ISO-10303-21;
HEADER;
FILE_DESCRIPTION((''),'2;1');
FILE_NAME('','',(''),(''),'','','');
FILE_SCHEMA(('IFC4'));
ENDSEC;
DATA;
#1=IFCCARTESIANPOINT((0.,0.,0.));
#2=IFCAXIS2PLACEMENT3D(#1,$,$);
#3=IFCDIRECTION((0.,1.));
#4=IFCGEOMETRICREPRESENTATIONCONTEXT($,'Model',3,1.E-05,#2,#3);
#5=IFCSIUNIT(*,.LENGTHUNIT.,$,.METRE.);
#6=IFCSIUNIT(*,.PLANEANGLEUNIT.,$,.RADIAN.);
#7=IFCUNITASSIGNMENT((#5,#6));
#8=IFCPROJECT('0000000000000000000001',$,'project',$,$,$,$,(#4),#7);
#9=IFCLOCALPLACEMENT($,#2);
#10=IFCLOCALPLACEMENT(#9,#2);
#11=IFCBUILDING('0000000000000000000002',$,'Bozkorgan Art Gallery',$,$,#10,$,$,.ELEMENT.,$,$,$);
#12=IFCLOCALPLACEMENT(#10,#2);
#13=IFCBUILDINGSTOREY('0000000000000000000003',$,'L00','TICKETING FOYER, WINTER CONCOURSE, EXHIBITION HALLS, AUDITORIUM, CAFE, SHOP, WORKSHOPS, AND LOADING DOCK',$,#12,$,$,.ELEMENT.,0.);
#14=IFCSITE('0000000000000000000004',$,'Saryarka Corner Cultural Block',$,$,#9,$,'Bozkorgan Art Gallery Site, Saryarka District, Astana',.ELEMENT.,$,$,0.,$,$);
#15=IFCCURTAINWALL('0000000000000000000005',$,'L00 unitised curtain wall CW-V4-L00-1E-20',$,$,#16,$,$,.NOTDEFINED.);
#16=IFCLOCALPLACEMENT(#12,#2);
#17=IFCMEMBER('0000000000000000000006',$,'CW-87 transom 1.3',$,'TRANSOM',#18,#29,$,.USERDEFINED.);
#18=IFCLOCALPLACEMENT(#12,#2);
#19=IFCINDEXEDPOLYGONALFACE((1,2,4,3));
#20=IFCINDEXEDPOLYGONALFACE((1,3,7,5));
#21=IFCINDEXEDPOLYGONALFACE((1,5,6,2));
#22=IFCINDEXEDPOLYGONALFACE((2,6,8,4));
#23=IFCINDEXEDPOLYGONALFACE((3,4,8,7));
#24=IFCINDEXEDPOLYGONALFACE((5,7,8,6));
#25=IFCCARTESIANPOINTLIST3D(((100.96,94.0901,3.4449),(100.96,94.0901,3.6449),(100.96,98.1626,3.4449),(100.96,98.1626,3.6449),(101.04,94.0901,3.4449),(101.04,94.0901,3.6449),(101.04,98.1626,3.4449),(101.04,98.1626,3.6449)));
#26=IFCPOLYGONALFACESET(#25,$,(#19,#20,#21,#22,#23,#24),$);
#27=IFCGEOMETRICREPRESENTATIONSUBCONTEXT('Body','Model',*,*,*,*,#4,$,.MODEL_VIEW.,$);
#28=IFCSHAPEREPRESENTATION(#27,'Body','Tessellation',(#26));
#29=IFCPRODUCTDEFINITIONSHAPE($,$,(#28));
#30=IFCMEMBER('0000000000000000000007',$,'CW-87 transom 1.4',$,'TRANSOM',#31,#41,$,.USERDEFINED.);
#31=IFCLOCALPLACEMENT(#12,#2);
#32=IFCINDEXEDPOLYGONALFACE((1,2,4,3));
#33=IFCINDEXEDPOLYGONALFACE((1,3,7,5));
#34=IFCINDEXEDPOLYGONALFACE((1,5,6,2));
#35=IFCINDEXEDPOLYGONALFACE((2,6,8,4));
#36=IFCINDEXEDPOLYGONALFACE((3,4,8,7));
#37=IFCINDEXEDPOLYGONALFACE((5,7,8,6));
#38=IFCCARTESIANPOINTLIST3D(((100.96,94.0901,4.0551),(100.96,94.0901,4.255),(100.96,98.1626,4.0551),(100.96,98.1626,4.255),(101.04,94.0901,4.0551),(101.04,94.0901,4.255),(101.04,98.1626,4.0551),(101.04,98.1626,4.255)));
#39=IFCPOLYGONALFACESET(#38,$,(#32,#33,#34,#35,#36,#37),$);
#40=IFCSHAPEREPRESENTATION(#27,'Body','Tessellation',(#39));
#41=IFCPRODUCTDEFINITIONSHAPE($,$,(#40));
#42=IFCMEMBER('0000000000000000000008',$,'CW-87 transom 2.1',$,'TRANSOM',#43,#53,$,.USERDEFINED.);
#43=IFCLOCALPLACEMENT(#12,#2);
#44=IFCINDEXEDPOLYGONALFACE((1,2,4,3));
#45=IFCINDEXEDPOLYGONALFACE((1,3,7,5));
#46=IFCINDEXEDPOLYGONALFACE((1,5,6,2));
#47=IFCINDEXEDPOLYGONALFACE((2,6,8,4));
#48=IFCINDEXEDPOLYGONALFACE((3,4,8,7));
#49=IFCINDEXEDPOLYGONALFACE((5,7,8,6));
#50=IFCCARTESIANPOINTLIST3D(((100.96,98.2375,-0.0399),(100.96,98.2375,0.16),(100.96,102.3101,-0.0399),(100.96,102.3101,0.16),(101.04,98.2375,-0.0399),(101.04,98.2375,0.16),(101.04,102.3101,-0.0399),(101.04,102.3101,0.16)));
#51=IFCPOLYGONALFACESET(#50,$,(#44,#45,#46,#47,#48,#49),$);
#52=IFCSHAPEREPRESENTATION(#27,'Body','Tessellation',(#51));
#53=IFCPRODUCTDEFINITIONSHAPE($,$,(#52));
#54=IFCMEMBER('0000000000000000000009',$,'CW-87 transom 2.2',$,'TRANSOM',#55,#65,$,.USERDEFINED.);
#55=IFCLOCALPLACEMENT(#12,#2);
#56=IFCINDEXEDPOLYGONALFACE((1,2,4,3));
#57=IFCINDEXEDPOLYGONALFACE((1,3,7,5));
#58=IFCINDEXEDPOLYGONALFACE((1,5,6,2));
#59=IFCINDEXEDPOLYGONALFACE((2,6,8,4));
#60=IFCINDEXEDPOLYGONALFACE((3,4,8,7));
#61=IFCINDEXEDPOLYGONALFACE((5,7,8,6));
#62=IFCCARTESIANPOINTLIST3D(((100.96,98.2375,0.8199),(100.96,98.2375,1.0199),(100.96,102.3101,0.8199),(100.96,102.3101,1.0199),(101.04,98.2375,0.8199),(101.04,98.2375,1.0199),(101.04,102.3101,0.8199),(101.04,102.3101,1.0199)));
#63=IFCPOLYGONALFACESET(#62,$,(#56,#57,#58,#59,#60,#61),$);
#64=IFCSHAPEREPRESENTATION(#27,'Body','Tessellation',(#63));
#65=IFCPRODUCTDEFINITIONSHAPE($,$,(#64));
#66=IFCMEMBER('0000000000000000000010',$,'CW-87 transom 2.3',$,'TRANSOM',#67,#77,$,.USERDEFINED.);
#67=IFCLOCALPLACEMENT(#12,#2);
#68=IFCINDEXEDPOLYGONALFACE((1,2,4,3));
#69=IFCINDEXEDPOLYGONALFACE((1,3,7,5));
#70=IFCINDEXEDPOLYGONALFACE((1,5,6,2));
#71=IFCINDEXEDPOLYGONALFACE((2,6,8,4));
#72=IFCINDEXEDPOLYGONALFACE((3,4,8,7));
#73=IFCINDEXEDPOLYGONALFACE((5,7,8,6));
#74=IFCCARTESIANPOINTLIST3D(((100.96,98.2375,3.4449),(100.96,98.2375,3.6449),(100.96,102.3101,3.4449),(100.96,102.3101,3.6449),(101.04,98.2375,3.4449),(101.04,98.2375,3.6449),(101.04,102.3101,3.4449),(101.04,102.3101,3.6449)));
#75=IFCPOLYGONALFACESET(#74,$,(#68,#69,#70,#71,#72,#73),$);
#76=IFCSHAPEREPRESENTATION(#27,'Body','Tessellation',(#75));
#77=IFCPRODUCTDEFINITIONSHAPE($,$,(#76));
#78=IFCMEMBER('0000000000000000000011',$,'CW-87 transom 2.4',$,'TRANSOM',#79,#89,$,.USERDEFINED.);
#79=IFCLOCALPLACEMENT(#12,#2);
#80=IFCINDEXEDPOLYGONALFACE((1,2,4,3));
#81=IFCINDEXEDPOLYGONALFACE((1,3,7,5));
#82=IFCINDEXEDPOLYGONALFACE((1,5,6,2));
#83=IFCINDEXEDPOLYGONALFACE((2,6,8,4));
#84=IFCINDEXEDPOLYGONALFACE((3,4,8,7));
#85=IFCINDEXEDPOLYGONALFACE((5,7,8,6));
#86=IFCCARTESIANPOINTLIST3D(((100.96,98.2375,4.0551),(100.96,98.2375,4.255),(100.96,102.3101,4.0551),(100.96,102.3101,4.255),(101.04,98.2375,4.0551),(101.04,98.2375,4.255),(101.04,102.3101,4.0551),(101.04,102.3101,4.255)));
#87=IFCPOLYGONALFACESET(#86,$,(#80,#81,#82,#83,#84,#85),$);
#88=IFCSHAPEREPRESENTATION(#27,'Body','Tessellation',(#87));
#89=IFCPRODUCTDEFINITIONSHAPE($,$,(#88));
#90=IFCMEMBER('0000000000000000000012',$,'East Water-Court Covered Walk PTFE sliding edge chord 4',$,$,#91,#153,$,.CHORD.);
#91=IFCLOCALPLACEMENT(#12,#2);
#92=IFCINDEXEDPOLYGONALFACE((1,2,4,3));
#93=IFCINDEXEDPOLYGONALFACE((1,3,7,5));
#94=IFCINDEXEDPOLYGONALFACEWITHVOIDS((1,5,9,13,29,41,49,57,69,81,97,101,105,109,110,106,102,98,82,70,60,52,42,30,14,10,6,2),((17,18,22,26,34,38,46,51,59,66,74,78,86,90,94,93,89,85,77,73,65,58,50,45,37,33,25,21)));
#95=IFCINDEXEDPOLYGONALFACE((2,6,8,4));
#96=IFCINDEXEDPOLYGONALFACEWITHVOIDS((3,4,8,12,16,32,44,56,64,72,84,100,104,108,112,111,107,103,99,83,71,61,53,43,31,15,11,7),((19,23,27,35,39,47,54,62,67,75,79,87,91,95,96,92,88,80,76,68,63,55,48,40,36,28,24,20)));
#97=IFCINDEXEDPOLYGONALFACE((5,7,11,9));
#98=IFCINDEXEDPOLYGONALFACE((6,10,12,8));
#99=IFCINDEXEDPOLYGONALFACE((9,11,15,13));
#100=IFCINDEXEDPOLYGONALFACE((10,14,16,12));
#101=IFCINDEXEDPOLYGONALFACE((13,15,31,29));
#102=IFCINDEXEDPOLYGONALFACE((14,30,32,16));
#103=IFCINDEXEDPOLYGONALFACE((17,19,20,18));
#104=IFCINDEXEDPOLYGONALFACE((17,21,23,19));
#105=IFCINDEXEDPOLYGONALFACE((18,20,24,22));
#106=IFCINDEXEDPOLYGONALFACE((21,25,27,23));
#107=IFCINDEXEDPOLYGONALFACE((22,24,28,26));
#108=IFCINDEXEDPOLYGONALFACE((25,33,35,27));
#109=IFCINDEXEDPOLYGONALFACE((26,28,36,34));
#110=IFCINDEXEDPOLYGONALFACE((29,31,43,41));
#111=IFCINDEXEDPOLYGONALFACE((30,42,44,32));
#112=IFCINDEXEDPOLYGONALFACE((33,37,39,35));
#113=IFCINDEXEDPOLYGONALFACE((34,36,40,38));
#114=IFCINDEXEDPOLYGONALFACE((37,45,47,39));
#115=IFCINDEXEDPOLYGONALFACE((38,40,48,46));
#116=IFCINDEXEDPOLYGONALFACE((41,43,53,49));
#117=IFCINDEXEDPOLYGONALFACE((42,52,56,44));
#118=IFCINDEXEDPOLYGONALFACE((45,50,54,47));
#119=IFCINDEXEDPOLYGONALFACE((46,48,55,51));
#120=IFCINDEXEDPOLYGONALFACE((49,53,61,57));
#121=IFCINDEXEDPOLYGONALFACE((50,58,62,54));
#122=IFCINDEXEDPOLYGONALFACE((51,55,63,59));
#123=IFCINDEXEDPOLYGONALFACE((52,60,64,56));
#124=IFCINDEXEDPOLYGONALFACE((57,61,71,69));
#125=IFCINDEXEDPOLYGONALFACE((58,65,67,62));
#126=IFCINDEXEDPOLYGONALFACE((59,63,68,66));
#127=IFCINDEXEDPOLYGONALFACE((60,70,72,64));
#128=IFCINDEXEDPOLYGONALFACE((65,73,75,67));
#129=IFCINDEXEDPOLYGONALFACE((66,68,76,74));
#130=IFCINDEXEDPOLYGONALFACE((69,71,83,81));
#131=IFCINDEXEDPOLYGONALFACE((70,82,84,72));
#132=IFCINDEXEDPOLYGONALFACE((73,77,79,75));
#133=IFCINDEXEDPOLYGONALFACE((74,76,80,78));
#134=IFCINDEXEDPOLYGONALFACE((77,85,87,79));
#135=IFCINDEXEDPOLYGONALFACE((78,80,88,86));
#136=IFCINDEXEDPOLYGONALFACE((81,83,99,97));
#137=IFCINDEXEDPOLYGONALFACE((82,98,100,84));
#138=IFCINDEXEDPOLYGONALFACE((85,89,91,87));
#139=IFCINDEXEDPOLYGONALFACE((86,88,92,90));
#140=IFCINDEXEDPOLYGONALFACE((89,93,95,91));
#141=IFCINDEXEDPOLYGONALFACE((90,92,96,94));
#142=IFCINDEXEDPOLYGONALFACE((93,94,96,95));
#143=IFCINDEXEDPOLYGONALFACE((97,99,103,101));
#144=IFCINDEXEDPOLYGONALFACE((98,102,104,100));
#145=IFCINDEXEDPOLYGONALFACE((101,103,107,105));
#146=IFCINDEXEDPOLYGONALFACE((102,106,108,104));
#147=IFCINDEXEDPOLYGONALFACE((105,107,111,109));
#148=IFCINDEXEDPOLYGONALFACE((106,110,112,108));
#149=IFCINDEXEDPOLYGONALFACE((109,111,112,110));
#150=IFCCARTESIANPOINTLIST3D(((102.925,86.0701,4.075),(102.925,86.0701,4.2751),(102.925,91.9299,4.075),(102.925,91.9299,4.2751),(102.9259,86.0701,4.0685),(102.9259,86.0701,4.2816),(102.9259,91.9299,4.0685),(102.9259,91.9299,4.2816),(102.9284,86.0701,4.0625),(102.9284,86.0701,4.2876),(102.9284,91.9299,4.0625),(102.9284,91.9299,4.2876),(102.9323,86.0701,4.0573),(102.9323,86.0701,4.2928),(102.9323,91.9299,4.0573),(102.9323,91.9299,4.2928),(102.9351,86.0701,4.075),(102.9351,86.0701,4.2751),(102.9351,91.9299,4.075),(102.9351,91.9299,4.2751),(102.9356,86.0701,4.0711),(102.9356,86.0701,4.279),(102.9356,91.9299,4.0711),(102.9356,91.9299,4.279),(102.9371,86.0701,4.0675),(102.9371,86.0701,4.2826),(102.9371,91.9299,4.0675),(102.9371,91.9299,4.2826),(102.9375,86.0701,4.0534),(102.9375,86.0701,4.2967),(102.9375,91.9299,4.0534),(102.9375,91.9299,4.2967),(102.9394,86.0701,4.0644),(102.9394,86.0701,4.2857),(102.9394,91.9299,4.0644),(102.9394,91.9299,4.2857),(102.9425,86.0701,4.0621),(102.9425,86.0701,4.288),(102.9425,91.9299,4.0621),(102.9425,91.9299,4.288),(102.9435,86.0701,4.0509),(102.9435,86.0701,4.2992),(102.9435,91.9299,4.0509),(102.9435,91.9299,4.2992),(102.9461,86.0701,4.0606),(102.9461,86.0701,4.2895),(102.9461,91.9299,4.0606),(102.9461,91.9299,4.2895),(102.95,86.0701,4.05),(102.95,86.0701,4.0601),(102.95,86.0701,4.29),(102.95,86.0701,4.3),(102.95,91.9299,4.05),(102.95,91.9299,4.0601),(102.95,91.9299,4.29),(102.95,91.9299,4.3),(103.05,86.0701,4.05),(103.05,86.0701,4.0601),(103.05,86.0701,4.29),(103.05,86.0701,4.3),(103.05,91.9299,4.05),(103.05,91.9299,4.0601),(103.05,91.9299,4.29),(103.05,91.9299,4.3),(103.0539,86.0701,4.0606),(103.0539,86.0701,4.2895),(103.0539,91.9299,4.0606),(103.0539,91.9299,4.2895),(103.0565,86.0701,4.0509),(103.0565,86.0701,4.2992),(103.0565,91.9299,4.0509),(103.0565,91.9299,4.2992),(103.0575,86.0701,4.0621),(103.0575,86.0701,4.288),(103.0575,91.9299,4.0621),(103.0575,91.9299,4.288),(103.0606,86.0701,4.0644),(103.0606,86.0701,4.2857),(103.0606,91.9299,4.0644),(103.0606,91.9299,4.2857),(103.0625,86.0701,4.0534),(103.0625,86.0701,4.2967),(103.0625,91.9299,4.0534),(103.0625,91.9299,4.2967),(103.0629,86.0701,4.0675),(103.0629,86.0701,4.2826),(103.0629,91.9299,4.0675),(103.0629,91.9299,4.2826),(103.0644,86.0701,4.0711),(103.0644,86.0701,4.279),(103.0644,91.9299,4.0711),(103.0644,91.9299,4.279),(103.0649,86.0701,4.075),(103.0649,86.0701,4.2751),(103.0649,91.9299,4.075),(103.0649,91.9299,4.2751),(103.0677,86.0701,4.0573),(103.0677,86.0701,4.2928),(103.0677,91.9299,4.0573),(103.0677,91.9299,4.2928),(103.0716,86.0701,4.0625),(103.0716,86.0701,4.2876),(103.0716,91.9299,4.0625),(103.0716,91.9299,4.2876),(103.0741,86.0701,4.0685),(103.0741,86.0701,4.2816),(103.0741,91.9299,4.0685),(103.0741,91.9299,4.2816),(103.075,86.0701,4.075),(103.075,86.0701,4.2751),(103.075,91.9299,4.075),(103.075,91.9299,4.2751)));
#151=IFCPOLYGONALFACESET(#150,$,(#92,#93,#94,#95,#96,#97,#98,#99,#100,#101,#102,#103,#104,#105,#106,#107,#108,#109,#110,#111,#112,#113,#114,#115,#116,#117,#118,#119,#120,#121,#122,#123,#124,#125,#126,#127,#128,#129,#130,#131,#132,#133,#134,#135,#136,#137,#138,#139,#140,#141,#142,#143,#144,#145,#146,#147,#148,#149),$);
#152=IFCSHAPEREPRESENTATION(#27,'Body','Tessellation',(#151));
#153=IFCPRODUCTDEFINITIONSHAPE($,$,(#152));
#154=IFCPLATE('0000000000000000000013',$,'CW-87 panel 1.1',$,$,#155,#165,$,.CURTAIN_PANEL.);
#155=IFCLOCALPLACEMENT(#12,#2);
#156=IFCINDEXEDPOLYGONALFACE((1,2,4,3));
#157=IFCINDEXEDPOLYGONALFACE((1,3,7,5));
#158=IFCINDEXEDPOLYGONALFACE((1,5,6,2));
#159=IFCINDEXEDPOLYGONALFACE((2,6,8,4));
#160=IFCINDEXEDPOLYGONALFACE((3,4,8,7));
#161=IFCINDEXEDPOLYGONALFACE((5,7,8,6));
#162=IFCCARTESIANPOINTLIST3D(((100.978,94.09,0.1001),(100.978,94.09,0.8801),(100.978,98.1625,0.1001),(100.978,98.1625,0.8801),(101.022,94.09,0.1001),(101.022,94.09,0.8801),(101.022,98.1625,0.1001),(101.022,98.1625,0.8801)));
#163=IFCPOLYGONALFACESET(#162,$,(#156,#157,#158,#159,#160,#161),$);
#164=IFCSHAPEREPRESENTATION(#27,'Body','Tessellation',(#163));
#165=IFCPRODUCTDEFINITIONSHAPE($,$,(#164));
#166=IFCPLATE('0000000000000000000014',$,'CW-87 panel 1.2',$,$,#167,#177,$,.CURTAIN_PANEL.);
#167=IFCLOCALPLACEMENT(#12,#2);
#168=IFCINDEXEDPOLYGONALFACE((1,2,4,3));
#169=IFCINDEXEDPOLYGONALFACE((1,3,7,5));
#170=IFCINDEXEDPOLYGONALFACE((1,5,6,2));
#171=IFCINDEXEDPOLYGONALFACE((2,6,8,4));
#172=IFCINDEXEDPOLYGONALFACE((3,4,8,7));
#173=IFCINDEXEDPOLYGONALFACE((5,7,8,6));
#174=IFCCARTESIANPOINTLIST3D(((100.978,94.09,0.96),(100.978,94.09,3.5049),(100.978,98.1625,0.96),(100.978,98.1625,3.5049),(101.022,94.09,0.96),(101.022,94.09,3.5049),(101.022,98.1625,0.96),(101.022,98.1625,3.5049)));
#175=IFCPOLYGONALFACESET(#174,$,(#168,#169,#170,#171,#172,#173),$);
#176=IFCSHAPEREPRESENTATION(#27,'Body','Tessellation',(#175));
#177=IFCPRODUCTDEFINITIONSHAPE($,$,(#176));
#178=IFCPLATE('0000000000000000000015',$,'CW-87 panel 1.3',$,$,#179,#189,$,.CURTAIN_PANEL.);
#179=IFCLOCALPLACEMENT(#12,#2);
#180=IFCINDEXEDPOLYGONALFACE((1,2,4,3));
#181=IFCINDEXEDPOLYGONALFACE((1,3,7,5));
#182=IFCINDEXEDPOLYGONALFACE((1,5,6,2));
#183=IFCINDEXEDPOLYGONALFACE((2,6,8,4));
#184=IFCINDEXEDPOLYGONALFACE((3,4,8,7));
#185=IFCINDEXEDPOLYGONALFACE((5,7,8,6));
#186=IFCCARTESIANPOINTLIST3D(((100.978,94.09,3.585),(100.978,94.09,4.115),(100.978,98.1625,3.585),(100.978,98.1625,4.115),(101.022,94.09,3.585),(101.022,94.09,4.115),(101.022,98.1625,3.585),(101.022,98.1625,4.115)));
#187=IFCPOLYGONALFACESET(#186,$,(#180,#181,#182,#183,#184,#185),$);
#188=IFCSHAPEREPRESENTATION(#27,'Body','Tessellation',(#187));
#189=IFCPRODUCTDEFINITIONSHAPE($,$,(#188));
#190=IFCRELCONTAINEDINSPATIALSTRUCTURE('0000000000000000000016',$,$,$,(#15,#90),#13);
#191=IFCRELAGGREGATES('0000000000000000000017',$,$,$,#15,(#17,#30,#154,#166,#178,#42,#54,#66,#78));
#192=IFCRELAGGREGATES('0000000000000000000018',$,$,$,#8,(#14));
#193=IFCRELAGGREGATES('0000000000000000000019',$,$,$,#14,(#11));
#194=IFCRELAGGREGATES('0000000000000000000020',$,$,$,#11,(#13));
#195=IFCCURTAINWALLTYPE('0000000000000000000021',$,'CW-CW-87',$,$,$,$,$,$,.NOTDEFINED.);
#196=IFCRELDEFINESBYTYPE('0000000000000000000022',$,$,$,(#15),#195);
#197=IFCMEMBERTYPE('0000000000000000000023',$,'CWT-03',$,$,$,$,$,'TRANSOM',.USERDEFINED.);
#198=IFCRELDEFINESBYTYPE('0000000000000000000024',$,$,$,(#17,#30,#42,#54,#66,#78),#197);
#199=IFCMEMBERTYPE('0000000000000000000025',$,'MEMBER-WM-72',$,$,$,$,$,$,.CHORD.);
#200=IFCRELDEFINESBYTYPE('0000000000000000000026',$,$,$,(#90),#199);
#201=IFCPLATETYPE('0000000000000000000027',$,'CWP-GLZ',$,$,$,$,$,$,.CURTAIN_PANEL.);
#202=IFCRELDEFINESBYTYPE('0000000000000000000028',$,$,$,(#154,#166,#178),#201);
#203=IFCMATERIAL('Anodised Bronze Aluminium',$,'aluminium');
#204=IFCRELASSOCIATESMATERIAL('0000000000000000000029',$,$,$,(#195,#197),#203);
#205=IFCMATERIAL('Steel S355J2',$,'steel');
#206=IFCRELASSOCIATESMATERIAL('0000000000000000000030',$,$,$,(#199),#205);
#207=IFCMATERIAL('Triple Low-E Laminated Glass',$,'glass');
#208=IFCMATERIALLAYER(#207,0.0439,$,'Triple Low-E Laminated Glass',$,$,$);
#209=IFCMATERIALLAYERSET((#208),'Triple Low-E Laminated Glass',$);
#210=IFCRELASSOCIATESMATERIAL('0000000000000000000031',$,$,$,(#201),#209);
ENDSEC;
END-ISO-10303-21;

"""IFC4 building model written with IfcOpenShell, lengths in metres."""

from ifc_helpers import new_model, si_unit, direction, frame, origin, origin_2d, place, context, subcontext, project, spatial, rectangle, hollow_rectangle, extrude, material, layer, layer_set, material_profile, profile_set, type_object, element, aggregate, save


model = new_model("IFC4")

# Units and contexts
model_context = context("Model", 3, precision=1e-05, world=origin(), true_north=direction((0.0, 1.0)))
body_context = subcontext(model_context, "Body", "Model", "MODEL_VIEW")
ifc_project = project(units=[si_unit("LENGTHUNIT", "METRE"), si_unit("PLANEANGLEUNIT", "RADIAN")], contexts=[model_context])

# Site, building, storey
site_placement = place(None, origin())
site = spatial("IfcSite", under=ifc_project, at=site_placement, Name="Saryarka Corner Cultural Block", LongName="Bozkorgan Art Gallery Site, Saryarka District, Astana", CompositionType="ELEMENT", RefElevation=0.0)
building_placement = place(site_placement, origin())
building = spatial("IfcBuilding", under=site, at=building_placement, Name="Bozkorgan Art Gallery", CompositionType="ELEMENT")
storey_placement = place(building_placement, origin())
storey = spatial("IfcBuildingStorey", under=building, at=storey_placement, Name="L00", Description="TICKETING FOYER, WINTER CONCOURSE, EXHIBITION HALLS, AUDITORIUM, CAFE, SHOP, WORKSHOPS, AND LOADING DOCK", CompositionType="ELEMENT", Elevation=0.0)

# Shared definitions
ifc_material_1 = material(Name="Steel S355J2", Category="steel")

# Shared definitions
ifc_material_2 = material(Name="Anodised Bronze Aluminium", Category="aluminium")
curtain_wall_type = type_object("IfcCurtainWallType", Name="CW-CW-87", PredefinedType="NOTDEFINED", material=ifc_material_2)

# Curtain wall, members
curtain_wall_1_placement = place(storey_placement, origin())
curtain_wall_1 = element("IfcCurtainWall", 1, at=curtain_wall_1_placement, inside=storey, type_object=curtain_wall_type, Name="L00 unitised curtain wall CW-V4-L00-1E-20", PredefinedType="NOTDEFINED")
ifc_material_profile_1 = material_profile(ifc_material_2, rectangle(XDim=0.0801, YDim=0.2, at=origin_2d()), Name="ALU TRANSOM 80x200")
ifc_profile_set_1 = profile_set([ifc_material_profile_1], Name="Anodised Bronze Aluminium")
member_type_1 = type_object("IfcMemberType", Name="CWT-03", ElementType="TRANSOM", PredefinedType="USERDEFINED", material=ifc_profile_set_1)
member_1_placement = place(storey_placement, frame((101.0, 94.0901, 3.5449), z_axis=(0.0, 1.0, 0.0), x_axis=(-1.0, 0.0, 0.0)))
member_1 = element("IfcMember", 2, at=member_1_placement, type_object=member_type_1, Name="CW-87 transom 1.3", ObjectType="TRANSOM", PredefinedType="USERDEFINED", context=body_context, shape_type="SweptSolid", body=[
    extrude(rectangle(XDim=0.0801, YDim=0.2, at=origin_2d()), origin(), (0.0, 0.0, 1.0), 4.0725),
])
member_2_placement = place(storey_placement, frame((101.0, 94.0901, 4.155), z_axis=(0.0, 1.0, 0.0), x_axis=(-1.0, 0.0, 0.0)))
member_2 = element("IfcMember", 3, at=member_2_placement, type_object=member_type_1, Name="CW-87 transom 1.4", ObjectType="TRANSOM", PredefinedType="USERDEFINED", context=body_context, shape_type="SweptSolid", body=[
    extrude(rectangle(XDim=0.0801, YDim=0.2, at=origin_2d()), origin(), (0.0, 0.0, 1.0), 4.0725),
])
member_3_placement = place(storey_placement, frame((101.0, 98.2375, 0.0601), z_axis=(0.0, 1.0, 0.0), x_axis=(-1.0, 0.0, 0.0)))
member_3 = element("IfcMember", 4, at=member_3_placement, type_object=member_type_1, Name="CW-87 transom 2.1", ObjectType="TRANSOM", PredefinedType="USERDEFINED", context=body_context, shape_type="SweptSolid", body=[
    extrude(rectangle(XDim=0.0801, YDim=0.2, at=origin_2d()), origin(), (0.0, 0.0, 1.0), 4.0725),
])
member_4_placement = place(storey_placement, frame((101.0, 98.2375, 0.9199), z_axis=(0.0, 1.0, 0.0), x_axis=(-1.0, 0.0, 0.0)))
member_4 = element("IfcMember", 5, at=member_4_placement, type_object=member_type_1, Name="CW-87 transom 2.2", ObjectType="TRANSOM", PredefinedType="USERDEFINED", context=body_context, shape_type="SweptSolid", body=[
    extrude(rectangle(XDim=0.0801, YDim=0.2, at=origin_2d()), origin(), (0.0, 0.0, 1.0), 4.0725),
])
member_5_placement = place(storey_placement, frame((101.0, 98.2375, 3.5449), z_axis=(0.0, 1.0, 0.0), x_axis=(-1.0, 0.0, 0.0)))
member_5 = element("IfcMember", 6, at=member_5_placement, type_object=member_type_1, Name="CW-87 transom 2.3", ObjectType="TRANSOM", PredefinedType="USERDEFINED", context=body_context, shape_type="SweptSolid", body=[
    extrude(rectangle(XDim=0.0801, YDim=0.2, at=origin_2d()), origin(), (0.0, 0.0, 1.0), 4.0725),
])
member_6_placement = place(storey_placement, frame((101.0, 98.2375, 4.155), z_axis=(0.0, 1.0, 0.0), x_axis=(-1.0, 0.0, 0.0)))
member_6 = element("IfcMember", 7, at=member_6_placement, type_object=member_type_1, Name="CW-87 transom 2.4", ObjectType="TRANSOM", PredefinedType="USERDEFINED", context=body_context, shape_type="SweptSolid", body=[
    extrude(rectangle(XDim=0.0801, YDim=0.2, at=origin_2d()), origin(), (0.0, 0.0, 1.0), 4.0725),
])

# Member
ifc_material_profile_2 = material_profile(ifc_material_1, hollow_rectangle(XDim=0.1499, YDim=0.25, WallThickness=0.01, InnerFilletRadius=0.0149, OuterFilletRadius=0.0249, at=origin_2d()), Name="RHS 250x150x10")
ifc_profile_set_2 = profile_set([ifc_material_profile_2], Name="Steel S355J2")
member_type_2 = type_object("IfcMemberType", Name="MEMBER-WM-72", PredefinedType="CHORD", material=ifc_profile_set_2)
member_7_placement = place(storey_placement, frame((103.0, 91.9299, 4.175), z_axis=(0.0, -1.0, 0.0), x_axis=(1.0, 0.0, 0.0)))
element("IfcMember", 8, at=member_7_placement, inside=storey, type_object=member_type_2, Name="East Water-Court Covered Walk PTFE sliding edge chord 4", PredefinedType="CHORD", context=body_context, shape_type="SweptSolid", body=[
    extrude(hollow_rectangle(XDim=0.1499, YDim=0.25, WallThickness=0.01, InnerFilletRadius=0.0149, OuterFilletRadius=0.0249, at=origin_2d()), origin(), (0.0, 0.0, 1.0), 5.8599),
])

# Plates
ifc_material_3 = material(Name="Triple Low-E Laminated Glass", Category="glass")
ifc_layer_1 = layer(ifc_material_3, 0.0439, Name="Triple Low-E Laminated Glass")
ifc_layer_set_1 = layer_set([ifc_layer_1], Name="Triple Low-E Laminated Glass")
plate_type_1 = type_object("IfcPlateType", Name="CWP-GLZ", PredefinedType="CURTAIN_PANEL", material=ifc_layer_set_1)
plate_1_placement = place(storey_placement, frame((101.0, 96.1262, 0.1001), z_axis=(0.0, 0.0, 1.0), x_axis=(0.0, 1.0, 0.0)))
plate_1 = element("IfcPlate", 9, at=plate_1_placement, type_object=plate_type_1, Name="CW-87 panel 1.1", PredefinedType="CURTAIN_PANEL", context=body_context, shape_type="SweptSolid", body=[
    extrude(rectangle(XDim=4.0725, YDim=0.0439, at=origin_2d()), origin(), (0.0, 0.0, 1.0), 0.78),
])
plate_2_placement = place(storey_placement, frame((101.0, 96.1262, 0.96), z_axis=(0.0, 0.0, 1.0), x_axis=(0.0, 1.0, 0.0)))
plate_2 = element("IfcPlate", 10, at=plate_2_placement, type_object=plate_type_1, Name="CW-87 panel 1.2", PredefinedType="CURTAIN_PANEL", context=body_context, shape_type="SweptSolid", body=[
    extrude(rectangle(XDim=4.0725, YDim=0.0439, at=origin_2d()), origin(), (0.0, 0.0, 1.0), 2.5449),
])
plate_3_placement = place(storey_placement, frame((101.0, 96.1262, 3.585), z_axis=(0.0, 0.0, 1.0), x_axis=(0.0, 1.0, 0.0)))
plate_3 = element("IfcPlate", 11, at=plate_3_placement, type_object=plate_type_1, Name="CW-87 panel 1.3", PredefinedType="CURTAIN_PANEL", context=body_context, shape_type="SweptSolid", body=[
    extrude(rectangle(XDim=4.0725, YDim=0.0439, at=origin_2d()), origin(), (0.0, 0.0, 1.0), 0.53),
])
aggregate(curtain_wall_1, [member_1, member_2, plate_1, plate_2, plate_3, member_3, member_4, member_5, member_6])

save(model, "model.ifc")
